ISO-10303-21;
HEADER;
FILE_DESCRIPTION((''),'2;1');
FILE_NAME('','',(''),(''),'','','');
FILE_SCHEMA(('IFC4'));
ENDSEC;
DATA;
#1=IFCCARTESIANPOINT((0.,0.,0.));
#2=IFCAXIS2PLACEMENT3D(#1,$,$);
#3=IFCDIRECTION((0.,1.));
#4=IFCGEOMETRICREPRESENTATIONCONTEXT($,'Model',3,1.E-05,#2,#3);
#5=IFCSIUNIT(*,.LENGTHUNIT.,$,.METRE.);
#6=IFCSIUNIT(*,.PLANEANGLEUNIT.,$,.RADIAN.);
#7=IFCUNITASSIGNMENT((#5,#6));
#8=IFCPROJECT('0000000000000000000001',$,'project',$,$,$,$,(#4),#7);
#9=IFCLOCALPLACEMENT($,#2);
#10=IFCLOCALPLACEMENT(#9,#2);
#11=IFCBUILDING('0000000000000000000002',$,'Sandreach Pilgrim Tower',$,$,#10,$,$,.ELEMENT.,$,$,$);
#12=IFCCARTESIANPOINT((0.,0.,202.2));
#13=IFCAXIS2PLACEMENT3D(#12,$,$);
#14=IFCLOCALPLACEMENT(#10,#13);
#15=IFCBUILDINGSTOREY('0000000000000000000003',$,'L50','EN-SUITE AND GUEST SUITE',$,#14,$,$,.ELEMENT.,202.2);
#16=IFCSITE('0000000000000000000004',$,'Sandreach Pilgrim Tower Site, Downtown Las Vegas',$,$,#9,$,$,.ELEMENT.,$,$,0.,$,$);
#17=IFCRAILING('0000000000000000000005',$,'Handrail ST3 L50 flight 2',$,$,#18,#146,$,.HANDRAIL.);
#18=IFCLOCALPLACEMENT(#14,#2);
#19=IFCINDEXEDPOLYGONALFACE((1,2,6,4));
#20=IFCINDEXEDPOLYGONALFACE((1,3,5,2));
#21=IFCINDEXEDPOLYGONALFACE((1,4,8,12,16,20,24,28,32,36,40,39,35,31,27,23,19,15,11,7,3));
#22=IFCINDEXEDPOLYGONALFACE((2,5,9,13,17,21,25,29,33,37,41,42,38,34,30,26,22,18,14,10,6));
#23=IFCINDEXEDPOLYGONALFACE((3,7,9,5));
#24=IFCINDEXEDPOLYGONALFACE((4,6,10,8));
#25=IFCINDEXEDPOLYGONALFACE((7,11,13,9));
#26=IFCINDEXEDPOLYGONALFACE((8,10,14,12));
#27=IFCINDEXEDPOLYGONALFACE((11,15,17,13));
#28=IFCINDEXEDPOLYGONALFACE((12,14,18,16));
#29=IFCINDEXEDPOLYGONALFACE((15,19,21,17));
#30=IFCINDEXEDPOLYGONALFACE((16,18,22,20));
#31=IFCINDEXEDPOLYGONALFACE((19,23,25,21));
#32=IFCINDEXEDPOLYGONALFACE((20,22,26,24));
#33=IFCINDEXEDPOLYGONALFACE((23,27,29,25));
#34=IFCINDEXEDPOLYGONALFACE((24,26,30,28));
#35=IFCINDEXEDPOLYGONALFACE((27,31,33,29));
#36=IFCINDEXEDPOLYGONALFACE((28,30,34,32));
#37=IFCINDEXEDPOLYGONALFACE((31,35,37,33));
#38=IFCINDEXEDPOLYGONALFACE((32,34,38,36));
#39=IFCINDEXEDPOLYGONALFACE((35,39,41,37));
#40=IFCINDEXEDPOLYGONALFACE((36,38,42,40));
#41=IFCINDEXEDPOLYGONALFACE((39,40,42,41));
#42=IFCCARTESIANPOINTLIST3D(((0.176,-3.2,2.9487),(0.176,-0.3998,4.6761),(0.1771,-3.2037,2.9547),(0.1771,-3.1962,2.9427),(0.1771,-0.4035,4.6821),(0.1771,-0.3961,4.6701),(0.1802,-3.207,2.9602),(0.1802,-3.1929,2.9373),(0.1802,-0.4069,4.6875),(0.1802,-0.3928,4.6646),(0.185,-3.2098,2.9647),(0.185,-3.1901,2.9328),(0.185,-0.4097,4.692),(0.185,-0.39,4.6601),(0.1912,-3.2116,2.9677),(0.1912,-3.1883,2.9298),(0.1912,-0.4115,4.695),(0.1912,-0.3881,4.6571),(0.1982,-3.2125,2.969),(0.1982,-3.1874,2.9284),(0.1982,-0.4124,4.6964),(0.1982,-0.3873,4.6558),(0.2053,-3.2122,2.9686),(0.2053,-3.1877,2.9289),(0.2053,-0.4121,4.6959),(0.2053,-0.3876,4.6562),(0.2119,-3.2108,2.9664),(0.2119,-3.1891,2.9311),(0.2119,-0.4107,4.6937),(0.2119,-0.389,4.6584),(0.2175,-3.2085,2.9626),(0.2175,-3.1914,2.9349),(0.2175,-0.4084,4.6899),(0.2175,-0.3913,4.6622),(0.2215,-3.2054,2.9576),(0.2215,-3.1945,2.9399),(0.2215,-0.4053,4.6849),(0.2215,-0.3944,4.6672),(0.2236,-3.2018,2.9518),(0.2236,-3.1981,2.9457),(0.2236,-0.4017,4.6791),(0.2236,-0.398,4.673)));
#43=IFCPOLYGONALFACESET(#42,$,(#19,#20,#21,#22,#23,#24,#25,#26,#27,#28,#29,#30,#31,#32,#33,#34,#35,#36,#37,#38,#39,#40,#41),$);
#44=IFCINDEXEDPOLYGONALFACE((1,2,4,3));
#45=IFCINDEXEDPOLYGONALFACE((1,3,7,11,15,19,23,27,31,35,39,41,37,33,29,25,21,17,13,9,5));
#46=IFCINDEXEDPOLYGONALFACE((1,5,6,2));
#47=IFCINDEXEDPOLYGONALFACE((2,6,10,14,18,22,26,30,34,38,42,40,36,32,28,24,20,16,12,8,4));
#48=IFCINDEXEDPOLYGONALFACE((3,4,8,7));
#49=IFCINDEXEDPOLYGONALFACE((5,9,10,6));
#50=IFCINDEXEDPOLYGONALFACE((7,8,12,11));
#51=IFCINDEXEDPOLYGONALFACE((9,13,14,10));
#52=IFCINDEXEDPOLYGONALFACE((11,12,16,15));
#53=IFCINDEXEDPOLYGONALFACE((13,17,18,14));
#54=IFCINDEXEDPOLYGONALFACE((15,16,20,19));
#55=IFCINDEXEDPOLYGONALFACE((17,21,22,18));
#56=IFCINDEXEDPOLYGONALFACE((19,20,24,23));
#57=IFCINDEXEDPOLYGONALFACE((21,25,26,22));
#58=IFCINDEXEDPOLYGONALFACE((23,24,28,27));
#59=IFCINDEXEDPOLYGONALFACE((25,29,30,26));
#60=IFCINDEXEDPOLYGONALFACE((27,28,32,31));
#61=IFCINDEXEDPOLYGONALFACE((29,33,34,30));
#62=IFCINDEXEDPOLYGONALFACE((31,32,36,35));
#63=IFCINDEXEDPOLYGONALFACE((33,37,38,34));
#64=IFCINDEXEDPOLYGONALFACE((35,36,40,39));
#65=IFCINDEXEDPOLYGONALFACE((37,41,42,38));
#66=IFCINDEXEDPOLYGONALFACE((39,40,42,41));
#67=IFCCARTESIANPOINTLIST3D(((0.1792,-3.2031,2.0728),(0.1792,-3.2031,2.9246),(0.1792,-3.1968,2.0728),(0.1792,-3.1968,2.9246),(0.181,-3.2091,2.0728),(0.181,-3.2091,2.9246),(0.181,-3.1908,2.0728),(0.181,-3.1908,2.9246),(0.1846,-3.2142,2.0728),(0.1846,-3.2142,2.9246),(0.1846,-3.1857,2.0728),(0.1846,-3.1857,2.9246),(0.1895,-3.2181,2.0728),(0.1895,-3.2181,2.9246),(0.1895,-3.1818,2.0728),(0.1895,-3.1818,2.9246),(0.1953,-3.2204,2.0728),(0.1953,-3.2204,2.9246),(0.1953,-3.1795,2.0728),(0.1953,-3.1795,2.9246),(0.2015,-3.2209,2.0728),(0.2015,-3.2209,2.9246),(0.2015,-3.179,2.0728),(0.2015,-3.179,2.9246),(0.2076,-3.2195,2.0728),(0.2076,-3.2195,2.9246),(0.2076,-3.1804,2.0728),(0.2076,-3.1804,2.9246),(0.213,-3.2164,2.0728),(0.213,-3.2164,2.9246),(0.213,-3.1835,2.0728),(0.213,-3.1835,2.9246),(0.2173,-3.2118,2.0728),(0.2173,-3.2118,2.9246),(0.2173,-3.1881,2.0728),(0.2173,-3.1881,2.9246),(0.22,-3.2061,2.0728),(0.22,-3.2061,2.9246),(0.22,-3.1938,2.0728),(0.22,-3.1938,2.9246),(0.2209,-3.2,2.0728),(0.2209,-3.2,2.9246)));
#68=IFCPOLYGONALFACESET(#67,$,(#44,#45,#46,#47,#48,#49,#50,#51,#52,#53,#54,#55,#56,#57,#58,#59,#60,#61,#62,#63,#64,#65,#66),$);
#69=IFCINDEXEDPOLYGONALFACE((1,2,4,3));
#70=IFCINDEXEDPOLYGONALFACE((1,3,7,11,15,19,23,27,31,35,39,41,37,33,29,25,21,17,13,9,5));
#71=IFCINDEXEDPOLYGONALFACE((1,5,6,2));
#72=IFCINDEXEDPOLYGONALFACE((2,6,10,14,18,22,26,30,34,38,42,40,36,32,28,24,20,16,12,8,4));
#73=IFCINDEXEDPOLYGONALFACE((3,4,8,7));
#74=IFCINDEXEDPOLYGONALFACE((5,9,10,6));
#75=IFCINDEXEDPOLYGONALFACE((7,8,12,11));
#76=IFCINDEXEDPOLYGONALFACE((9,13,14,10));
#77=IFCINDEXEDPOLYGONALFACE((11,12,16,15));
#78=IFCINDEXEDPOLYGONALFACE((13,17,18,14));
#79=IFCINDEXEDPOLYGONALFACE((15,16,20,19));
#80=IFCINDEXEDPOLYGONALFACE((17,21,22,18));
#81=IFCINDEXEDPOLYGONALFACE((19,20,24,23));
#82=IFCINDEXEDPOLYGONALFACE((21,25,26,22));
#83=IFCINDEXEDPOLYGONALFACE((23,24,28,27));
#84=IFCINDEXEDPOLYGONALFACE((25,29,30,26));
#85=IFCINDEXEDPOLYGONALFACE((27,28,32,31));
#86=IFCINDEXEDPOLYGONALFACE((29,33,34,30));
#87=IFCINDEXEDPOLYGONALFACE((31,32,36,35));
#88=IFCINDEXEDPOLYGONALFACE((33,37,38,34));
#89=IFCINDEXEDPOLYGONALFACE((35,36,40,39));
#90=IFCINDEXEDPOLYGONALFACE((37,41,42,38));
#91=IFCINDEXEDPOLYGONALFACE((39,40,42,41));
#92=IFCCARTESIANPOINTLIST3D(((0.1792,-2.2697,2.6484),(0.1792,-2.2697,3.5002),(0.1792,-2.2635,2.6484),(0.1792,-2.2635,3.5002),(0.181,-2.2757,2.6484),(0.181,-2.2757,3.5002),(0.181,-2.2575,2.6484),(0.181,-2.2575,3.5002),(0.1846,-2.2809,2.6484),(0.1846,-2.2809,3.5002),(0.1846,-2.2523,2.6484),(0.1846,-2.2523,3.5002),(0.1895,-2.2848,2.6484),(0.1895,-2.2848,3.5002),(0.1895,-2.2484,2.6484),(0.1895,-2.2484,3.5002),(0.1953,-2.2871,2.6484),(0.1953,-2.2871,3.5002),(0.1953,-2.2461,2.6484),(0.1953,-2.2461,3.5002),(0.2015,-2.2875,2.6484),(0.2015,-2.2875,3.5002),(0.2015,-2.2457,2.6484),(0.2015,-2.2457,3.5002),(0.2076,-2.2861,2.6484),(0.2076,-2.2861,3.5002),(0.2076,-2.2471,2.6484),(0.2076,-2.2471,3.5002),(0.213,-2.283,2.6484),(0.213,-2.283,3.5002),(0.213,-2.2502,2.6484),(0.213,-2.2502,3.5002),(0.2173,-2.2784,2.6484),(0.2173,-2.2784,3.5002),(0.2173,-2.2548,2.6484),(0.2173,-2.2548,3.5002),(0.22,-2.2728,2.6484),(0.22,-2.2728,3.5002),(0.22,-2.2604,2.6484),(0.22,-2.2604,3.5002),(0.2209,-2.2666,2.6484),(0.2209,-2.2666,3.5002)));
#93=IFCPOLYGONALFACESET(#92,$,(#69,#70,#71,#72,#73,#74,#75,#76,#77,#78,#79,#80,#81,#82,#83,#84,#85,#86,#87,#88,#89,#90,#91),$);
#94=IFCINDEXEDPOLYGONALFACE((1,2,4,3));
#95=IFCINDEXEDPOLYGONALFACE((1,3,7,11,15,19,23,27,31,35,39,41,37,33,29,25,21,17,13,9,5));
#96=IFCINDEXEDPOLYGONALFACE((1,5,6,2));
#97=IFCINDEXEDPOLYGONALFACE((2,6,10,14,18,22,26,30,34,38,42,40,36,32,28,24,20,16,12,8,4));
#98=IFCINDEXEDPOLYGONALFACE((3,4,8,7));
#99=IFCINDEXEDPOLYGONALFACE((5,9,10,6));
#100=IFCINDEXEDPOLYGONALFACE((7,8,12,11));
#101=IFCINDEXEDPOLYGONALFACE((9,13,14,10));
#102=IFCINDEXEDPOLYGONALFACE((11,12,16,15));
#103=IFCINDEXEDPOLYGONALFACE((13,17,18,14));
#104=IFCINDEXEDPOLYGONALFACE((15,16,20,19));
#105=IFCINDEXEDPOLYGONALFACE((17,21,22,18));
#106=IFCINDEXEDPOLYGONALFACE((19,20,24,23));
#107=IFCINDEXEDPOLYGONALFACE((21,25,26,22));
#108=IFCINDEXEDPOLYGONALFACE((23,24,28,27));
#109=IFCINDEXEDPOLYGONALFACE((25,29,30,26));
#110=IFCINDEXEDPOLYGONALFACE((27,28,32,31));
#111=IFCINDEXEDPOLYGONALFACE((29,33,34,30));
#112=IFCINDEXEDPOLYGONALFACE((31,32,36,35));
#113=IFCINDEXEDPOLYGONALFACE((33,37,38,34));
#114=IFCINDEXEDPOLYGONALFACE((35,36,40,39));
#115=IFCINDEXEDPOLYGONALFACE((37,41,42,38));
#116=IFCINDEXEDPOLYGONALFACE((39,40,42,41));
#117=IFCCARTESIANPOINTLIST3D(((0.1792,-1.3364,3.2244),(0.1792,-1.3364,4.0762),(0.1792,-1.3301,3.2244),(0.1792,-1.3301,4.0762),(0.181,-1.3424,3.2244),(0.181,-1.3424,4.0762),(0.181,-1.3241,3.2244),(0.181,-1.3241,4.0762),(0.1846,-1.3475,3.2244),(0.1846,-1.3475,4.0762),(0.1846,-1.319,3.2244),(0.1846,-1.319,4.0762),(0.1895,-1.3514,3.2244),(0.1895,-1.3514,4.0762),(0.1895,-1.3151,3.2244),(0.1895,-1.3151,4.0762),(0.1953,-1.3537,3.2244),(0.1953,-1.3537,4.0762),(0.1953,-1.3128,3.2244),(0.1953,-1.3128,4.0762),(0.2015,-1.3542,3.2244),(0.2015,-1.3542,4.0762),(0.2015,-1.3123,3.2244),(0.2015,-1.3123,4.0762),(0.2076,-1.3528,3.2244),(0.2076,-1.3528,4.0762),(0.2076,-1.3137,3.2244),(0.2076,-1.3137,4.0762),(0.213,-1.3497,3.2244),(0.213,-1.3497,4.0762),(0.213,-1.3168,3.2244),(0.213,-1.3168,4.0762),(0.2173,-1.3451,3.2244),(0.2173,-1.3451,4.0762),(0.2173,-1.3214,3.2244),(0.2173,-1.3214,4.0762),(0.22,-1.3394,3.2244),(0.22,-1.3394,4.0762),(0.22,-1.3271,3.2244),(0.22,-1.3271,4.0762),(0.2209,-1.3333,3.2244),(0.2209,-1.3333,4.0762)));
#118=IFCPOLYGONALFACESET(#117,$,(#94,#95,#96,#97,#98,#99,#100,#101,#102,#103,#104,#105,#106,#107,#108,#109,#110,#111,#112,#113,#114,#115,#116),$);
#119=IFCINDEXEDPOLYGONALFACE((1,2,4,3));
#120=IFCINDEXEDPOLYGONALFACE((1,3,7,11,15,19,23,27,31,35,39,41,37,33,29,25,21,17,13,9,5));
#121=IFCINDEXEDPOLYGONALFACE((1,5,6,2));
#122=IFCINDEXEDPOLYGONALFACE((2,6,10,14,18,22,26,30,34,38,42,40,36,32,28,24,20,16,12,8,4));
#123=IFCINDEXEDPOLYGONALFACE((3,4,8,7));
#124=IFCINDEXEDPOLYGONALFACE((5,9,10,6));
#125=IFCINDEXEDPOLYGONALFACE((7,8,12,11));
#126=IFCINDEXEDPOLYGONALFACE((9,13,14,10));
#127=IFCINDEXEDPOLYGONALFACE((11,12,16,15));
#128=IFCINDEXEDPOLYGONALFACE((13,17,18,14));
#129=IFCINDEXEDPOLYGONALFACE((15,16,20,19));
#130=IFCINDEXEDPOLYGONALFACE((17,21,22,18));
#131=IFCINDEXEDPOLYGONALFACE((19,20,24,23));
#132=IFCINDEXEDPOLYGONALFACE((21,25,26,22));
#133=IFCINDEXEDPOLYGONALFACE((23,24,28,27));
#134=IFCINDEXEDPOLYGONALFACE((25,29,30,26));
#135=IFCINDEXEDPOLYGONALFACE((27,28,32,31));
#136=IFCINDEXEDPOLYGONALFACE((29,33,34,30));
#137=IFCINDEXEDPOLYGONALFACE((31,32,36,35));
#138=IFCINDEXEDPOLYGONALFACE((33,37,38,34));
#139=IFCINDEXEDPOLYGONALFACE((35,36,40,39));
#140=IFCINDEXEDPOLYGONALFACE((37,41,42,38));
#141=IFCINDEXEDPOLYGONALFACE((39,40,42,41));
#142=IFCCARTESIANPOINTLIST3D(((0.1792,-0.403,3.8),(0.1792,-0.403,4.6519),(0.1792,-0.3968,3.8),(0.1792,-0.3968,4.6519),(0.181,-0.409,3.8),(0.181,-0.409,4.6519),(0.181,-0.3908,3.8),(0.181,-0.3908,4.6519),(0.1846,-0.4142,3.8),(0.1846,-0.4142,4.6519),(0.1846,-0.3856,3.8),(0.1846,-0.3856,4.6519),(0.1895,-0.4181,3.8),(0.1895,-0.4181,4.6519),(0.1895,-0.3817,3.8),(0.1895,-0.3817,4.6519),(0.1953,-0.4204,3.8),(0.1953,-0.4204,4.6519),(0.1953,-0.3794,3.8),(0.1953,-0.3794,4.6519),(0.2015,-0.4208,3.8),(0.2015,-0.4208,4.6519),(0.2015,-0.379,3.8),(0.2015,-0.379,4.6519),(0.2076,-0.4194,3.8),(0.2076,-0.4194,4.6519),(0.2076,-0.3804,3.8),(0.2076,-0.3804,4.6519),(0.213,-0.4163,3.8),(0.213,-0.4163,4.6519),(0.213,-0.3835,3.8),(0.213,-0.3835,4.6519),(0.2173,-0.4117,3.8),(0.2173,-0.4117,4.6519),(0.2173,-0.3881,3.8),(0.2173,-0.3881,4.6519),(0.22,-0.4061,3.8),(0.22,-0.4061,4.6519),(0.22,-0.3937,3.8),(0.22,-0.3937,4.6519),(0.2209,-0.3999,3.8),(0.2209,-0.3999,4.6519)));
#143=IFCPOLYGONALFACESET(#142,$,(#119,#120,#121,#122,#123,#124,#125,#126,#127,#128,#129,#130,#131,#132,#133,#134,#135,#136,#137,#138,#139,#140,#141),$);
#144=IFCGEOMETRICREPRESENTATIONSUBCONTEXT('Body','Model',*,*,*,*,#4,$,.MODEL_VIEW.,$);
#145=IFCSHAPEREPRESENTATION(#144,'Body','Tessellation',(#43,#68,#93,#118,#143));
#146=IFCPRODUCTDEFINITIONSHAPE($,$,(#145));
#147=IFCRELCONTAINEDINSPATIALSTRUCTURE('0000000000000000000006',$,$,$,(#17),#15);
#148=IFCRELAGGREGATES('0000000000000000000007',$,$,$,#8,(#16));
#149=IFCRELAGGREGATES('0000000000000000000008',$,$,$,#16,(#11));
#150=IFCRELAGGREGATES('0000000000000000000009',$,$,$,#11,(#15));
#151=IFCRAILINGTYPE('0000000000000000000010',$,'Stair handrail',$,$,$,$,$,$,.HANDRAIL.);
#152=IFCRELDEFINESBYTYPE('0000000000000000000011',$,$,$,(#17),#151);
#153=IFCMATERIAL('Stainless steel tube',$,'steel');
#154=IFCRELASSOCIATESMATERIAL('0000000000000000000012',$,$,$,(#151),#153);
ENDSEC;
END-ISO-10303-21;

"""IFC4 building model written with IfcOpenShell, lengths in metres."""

from ifc_helpers import new_model, si_unit, direction, frame, origin, origin_2d, place, context, subcontext, project, spatial, circle, extrude, material, type_object, element, save


model = new_model("IFC4")

# Units and contexts
model_context = context("Model", 3, precision=1e-05, world=origin(), true_north=direction((0.0, 1.0)))
body_context = subcontext(model_context, "Body", "Model", "MODEL_VIEW")
ifc_project = project(units=[si_unit("LENGTHUNIT", "METRE"), si_unit("PLANEANGLEUNIT", "RADIAN")], contexts=[model_context])

# Site, building, storey
site_placement = place(None, origin())
site = spatial("IfcSite", under=ifc_project, at=site_placement, Name="Sandreach Pilgrim Tower Site, Downtown Las Vegas", CompositionType="ELEMENT", RefElevation=0.0)
building_placement = place(site_placement, origin())
building = spatial("IfcBuilding", under=site, at=building_placement, Name="Sandreach Pilgrim Tower", CompositionType="ELEMENT")
storey_placement = place(building_placement, frame((0.0, 0.0, 202.2)))
storey = spatial("IfcBuildingStorey", under=building, at=storey_placement, Name="L50", Description="EN-SUITE AND GUEST SUITE", CompositionType="ELEMENT", Elevation=202.2)

# Railing
ifc_material_1 = material(Name="Stainless steel tube", Category="steel")
railing_type = type_object("IfcRailingType", Name="Stair handrail", PredefinedType="HANDRAIL", material=ifc_material_1)
for number, where, name in (
    (1, (0.2, -3.2, 2.0728), "Handrail ST3 L50 flight 2"),
):
    element("IfcRailing", number, at=place(storey_placement, frame(where)), inside=storey, type_object=railing_type, Name=name, PredefinedType="HANDRAIL", context=body_context, shape_type="SweptSolid", body=[
        extrude(circle(Radius=0.0239, at=origin_2d()), frame((0.0, 0.0, 0.876), z_axis=(0.0, 0.85109, 0.52502), x_axis=(-1.0, 0.0, 0.0)), (0.0, 0.0, 1.0), 3.29),
        extrude(circle(Radius=0.021, at=origin_2d()), origin(), (0.0, 0.0, 1.0), 0.8518),
        extrude(circle(Radius=0.021, at=origin_2d()), frame((0.0, 0.9333, 0.5757)), (0.0, 0.0, 1.0), 0.8518),
        extrude(circle(Radius=0.021, at=origin_2d()), frame((0.0, 1.8667, 1.1516)), (0.0, 0.0, 1.0), 0.8518),
        extrude(circle(Radius=0.021, at=origin_2d()), frame((0.0, 2.8, 1.7273)), (0.0, 0.0, 1.0), 0.8518),
    ])

save(model, "model.ifc")
